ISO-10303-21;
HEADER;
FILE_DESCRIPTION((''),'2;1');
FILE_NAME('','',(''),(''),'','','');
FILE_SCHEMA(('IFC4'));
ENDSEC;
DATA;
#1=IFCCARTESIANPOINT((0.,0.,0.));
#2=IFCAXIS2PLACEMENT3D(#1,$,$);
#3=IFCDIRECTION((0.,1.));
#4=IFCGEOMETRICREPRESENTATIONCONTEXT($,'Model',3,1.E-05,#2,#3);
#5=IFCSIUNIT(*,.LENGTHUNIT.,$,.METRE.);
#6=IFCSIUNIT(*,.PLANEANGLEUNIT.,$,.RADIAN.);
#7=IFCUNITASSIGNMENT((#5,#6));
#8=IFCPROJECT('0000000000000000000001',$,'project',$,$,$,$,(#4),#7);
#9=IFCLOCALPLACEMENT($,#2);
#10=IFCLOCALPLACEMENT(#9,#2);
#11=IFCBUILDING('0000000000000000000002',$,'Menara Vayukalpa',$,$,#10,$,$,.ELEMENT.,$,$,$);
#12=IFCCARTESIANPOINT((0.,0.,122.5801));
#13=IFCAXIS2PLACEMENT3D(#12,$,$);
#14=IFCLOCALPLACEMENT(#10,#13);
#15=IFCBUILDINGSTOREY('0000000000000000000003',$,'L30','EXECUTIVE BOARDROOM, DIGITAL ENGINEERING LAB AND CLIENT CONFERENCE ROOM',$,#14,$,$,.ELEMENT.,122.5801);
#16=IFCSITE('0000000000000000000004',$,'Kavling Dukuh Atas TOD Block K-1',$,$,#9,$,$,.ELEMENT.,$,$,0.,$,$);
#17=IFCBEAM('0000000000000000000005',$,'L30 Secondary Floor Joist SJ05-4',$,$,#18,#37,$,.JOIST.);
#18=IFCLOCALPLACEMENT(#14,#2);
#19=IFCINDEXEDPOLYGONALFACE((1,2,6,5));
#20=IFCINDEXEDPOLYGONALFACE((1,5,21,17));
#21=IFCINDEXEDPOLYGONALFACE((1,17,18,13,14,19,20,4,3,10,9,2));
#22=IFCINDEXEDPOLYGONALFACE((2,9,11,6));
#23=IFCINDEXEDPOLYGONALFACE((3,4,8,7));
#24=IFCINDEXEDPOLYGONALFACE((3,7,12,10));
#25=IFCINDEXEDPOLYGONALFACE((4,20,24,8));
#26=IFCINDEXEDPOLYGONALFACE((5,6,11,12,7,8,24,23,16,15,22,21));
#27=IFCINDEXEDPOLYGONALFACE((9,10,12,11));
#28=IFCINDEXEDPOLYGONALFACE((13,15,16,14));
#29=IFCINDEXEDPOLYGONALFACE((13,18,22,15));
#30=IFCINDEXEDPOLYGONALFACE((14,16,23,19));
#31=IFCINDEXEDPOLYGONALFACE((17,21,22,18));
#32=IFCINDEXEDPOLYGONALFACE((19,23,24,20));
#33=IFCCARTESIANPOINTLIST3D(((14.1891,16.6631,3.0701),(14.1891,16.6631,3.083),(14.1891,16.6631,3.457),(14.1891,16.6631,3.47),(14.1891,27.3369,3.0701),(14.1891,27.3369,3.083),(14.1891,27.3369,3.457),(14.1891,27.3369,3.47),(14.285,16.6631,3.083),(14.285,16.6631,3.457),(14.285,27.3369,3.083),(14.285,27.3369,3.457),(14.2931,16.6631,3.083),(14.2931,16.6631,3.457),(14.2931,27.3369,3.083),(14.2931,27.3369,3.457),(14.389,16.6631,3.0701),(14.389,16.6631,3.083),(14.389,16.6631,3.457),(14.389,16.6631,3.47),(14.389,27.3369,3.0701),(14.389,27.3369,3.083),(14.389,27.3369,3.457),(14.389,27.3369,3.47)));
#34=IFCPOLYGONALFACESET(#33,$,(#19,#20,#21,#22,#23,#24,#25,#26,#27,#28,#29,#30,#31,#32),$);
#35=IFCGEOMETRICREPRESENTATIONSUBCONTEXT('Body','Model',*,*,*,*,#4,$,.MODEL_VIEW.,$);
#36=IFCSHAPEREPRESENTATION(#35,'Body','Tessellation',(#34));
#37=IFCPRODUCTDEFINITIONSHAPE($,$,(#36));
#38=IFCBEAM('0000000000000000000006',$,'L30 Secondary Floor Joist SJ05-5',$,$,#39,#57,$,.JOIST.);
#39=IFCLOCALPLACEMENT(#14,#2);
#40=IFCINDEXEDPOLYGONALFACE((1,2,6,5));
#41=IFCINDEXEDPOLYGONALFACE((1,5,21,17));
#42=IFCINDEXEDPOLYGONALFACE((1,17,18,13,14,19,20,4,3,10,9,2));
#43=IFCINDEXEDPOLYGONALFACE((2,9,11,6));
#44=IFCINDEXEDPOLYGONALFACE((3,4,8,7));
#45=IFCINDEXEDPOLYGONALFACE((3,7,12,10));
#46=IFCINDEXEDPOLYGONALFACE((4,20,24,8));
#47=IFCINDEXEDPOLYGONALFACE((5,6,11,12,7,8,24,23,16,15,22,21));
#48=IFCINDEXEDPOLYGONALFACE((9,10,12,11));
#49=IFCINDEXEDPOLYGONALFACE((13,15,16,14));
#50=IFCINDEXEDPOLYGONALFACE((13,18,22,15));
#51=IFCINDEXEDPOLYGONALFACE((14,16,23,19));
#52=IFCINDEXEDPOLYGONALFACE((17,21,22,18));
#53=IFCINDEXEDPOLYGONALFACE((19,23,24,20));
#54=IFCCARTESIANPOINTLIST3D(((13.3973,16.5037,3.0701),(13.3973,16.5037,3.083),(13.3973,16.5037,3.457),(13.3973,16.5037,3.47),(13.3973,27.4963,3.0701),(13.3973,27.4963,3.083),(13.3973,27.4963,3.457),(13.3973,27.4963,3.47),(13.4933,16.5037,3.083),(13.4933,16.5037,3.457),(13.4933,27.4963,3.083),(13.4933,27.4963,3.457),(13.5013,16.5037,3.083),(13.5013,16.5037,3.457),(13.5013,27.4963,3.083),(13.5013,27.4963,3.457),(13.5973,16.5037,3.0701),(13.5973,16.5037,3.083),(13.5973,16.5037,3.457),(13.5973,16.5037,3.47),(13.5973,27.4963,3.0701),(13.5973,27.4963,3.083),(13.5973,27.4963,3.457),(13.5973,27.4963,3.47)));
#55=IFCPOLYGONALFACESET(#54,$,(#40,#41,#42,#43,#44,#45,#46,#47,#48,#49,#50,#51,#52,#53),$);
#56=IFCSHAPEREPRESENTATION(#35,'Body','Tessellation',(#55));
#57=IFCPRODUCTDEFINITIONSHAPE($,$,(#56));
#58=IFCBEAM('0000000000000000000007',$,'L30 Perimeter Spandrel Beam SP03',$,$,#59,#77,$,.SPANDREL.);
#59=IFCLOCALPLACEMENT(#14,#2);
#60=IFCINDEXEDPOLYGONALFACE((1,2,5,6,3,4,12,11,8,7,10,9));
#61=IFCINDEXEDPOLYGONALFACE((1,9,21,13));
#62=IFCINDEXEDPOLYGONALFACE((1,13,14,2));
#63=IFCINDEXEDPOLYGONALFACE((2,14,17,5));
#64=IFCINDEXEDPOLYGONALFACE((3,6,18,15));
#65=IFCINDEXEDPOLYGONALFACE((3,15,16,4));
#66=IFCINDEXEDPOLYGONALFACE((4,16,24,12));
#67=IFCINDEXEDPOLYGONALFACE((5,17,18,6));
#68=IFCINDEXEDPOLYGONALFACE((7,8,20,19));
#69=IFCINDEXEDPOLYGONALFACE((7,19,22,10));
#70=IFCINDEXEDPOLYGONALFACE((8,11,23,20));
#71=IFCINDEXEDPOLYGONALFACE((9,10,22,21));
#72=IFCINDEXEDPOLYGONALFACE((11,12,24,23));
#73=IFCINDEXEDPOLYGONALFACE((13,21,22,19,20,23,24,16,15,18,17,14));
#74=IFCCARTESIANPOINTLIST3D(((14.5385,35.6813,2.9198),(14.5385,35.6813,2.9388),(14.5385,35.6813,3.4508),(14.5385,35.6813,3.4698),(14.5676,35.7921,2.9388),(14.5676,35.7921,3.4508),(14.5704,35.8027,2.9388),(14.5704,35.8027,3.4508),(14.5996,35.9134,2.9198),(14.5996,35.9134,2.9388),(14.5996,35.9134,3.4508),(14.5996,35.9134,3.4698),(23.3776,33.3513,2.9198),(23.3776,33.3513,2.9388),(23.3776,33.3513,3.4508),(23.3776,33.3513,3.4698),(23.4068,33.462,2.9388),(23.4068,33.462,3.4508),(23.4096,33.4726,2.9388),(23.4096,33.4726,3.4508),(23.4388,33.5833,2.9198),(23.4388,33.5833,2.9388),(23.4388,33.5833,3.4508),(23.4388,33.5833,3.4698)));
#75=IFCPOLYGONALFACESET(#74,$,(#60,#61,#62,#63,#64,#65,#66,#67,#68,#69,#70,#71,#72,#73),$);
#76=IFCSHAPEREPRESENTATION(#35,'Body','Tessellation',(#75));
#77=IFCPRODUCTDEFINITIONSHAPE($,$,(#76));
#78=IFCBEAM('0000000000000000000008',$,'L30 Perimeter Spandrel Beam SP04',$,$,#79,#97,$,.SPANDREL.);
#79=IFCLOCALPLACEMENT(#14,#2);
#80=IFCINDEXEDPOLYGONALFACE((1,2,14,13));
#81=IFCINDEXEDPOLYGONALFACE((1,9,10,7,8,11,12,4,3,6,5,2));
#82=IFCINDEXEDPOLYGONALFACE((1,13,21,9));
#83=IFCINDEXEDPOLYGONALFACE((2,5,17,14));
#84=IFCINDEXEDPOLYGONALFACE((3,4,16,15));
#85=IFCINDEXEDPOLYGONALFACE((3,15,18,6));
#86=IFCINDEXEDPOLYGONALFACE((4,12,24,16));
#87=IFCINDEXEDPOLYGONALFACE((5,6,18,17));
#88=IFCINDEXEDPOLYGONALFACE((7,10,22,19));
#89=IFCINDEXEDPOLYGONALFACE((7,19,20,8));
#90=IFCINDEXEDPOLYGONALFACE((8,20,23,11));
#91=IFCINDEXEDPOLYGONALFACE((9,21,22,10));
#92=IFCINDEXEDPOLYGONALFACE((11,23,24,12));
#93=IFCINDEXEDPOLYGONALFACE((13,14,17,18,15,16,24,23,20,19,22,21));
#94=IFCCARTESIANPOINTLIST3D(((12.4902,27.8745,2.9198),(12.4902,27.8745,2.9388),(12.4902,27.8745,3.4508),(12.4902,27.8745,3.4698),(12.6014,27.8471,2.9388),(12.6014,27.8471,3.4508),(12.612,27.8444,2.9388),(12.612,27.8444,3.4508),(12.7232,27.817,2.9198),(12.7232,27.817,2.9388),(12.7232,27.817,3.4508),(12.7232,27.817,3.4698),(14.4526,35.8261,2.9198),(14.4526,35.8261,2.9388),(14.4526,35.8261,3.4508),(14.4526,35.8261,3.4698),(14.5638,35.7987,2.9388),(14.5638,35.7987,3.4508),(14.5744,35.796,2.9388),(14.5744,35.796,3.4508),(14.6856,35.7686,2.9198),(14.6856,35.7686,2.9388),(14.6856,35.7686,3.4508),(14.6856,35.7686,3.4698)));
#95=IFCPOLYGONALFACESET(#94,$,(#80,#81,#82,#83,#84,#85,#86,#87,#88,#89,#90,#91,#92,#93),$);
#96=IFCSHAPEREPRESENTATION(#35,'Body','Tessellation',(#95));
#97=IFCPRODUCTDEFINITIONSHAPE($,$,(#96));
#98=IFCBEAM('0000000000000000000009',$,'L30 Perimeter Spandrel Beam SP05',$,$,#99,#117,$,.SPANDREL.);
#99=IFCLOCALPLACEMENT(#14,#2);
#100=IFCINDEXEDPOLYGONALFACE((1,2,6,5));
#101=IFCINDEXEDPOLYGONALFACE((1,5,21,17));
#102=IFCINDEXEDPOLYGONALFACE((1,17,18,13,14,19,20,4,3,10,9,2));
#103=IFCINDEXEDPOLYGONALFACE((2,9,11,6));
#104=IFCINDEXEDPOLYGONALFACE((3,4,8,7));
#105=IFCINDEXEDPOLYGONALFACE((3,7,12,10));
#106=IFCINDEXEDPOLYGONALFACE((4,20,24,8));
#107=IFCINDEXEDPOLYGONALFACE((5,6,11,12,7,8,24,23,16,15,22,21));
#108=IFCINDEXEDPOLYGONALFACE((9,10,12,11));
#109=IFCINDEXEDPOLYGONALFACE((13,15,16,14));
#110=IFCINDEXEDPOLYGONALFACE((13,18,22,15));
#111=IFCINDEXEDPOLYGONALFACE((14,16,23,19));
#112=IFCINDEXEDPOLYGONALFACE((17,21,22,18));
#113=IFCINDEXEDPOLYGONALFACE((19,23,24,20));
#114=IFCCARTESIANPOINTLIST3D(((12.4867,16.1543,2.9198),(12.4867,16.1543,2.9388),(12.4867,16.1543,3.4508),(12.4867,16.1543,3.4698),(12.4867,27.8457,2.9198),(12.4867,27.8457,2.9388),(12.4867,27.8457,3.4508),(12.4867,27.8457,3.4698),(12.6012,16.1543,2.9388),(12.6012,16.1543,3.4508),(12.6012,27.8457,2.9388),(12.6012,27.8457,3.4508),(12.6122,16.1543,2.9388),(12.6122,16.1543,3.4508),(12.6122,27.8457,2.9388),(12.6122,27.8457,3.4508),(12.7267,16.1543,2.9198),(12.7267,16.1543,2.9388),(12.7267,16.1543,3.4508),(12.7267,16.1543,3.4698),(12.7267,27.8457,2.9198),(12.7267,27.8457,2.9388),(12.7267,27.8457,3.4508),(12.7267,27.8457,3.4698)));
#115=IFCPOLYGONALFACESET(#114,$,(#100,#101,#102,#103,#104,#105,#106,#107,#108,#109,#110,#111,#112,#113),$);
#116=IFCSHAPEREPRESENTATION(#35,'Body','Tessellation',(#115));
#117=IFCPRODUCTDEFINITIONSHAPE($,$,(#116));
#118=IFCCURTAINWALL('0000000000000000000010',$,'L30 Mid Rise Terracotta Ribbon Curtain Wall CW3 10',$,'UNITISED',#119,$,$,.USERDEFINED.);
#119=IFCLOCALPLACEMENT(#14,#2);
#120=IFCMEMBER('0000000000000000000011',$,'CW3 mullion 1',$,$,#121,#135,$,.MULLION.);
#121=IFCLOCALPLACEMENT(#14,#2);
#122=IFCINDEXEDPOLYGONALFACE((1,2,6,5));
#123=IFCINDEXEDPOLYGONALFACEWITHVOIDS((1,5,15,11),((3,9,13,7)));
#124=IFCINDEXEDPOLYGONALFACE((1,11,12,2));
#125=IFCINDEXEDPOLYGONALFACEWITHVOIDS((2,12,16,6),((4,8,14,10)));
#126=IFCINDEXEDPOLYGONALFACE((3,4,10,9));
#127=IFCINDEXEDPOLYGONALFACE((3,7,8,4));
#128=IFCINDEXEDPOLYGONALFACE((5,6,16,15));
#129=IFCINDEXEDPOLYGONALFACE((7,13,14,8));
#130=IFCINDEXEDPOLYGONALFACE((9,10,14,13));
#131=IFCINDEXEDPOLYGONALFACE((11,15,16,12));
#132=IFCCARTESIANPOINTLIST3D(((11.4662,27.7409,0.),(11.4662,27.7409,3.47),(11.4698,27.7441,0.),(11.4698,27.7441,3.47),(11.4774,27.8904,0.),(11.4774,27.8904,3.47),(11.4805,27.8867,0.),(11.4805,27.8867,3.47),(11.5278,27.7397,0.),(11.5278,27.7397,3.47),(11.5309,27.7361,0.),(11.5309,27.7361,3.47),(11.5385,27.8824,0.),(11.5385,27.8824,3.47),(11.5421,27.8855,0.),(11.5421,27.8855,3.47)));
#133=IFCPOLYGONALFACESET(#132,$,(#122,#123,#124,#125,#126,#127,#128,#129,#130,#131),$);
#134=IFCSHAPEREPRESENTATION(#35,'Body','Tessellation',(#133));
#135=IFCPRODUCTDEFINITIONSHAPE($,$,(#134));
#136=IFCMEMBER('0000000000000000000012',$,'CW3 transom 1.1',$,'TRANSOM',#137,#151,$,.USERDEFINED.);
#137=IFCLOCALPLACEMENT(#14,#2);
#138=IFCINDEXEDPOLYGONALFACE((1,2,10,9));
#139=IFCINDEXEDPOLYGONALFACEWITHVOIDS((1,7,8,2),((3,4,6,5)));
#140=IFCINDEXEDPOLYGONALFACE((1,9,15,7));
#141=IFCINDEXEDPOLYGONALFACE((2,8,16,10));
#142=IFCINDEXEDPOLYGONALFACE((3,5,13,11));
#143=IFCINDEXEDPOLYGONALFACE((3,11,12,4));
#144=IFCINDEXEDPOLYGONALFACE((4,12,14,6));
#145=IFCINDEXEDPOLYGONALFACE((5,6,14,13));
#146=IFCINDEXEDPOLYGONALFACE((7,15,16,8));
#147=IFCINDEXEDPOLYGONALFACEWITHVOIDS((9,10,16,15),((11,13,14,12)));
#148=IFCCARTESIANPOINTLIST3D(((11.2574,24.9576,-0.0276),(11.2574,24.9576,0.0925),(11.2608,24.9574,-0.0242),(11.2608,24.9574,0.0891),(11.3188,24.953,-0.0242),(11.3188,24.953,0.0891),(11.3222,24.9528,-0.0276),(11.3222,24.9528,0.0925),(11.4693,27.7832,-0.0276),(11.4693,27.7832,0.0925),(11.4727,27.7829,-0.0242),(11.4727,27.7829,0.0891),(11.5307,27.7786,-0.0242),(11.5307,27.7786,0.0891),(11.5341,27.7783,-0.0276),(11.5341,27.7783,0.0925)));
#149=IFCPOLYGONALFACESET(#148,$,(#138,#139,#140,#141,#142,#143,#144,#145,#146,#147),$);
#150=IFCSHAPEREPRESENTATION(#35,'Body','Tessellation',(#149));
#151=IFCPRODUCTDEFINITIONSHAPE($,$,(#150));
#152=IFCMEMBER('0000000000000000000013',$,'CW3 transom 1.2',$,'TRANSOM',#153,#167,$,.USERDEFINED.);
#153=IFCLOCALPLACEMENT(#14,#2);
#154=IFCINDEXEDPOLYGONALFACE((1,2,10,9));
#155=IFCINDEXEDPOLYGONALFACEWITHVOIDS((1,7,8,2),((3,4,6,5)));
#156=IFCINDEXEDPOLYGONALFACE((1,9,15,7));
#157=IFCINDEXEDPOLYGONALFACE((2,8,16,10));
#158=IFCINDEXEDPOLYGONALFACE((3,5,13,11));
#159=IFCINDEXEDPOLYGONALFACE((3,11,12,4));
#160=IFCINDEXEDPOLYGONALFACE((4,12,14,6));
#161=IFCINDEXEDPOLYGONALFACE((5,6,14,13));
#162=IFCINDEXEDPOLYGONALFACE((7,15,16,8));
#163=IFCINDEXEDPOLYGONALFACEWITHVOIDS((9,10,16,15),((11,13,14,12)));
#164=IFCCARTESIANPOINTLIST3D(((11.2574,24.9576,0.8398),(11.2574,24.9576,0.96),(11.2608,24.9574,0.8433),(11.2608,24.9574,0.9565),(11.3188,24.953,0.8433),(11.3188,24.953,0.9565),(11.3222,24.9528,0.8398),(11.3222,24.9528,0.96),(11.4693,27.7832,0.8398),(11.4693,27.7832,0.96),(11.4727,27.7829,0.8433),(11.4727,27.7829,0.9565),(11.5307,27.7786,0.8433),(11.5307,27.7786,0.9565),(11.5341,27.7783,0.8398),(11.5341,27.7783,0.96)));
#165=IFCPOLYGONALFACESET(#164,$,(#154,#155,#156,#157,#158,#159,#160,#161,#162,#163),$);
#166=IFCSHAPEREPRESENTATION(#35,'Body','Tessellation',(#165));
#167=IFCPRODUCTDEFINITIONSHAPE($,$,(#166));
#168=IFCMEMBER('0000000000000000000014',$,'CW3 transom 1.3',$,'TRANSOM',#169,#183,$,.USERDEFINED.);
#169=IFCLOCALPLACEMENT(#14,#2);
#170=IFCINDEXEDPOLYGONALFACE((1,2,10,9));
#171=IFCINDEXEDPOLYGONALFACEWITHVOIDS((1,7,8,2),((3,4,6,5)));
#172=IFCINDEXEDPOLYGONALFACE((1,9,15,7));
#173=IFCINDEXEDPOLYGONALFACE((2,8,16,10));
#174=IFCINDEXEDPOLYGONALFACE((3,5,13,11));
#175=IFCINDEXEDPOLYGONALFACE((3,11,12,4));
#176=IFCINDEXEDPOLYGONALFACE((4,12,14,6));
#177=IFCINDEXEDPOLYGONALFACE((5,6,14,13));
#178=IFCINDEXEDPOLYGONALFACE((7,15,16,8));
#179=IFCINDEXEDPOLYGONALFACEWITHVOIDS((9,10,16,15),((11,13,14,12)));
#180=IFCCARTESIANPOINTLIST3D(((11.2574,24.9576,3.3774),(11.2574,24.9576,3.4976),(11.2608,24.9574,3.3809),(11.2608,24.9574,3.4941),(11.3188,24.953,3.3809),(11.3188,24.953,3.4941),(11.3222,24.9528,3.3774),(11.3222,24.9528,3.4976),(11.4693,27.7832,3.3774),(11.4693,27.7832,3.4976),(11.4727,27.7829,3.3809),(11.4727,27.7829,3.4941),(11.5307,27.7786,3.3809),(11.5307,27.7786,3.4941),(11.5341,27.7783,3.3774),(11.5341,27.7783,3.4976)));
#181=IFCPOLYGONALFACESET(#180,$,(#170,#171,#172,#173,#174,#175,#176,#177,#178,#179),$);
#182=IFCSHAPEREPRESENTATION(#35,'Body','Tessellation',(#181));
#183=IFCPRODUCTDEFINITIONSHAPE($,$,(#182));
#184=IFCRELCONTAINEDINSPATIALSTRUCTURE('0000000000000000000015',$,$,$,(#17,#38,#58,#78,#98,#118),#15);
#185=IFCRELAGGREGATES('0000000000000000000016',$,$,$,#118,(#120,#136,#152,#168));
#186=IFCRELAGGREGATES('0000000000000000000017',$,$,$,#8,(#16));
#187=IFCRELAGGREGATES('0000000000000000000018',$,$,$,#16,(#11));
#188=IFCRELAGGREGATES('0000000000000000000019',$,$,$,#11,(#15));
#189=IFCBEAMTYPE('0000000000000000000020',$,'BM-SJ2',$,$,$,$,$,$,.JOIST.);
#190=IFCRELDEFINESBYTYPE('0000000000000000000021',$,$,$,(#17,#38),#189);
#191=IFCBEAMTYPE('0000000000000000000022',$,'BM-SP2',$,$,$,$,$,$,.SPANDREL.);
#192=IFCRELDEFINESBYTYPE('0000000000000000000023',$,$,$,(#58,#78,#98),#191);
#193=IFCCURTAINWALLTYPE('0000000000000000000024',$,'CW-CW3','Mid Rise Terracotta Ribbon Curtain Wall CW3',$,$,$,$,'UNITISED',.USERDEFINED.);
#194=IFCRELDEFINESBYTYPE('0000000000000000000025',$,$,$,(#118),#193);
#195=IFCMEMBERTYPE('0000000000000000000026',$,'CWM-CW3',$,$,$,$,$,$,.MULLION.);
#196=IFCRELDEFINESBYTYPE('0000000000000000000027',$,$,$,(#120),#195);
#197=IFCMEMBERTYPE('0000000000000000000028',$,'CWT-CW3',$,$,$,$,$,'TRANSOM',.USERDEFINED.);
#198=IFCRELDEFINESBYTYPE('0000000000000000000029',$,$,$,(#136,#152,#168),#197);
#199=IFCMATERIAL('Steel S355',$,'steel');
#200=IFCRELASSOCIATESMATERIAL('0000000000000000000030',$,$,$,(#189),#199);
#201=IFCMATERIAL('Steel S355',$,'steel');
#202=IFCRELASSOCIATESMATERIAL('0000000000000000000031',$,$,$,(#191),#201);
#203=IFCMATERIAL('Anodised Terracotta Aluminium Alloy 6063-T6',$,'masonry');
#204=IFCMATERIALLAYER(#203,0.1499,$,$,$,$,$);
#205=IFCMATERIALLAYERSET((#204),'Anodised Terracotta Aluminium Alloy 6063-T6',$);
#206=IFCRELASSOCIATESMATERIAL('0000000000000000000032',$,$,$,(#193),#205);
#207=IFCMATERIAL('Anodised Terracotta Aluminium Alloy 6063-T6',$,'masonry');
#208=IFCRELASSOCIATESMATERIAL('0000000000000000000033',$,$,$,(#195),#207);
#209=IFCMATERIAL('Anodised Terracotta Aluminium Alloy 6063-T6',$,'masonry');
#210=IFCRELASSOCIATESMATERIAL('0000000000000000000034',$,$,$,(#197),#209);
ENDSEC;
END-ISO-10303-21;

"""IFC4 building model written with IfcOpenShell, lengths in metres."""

from ifc_helpers import new_model, si_unit, direction, frame, origin, origin_2d, place, context, subcontext, project, spatial, hollow_rectangle, i_section, extrude, material, layer, layer_set, material_profile, profile_set, type_object, element, aggregate, save


model = new_model("IFC4")

# Units and contexts
model_context = context("Model", 3, precision=1e-05, world=origin(), true_north=direction((0.0, 1.0)))
body_context = subcontext(model_context, "Body", "Model", "MODEL_VIEW")
ifc_project = project(units=[si_unit("LENGTHUNIT", "METRE"), si_unit("PLANEANGLEUNIT", "RADIAN")], contexts=[model_context])

# Site, building, storey
site_placement = place(None, origin())
site = spatial("IfcSite", under=ifc_project, at=site_placement, Name="Kavling Dukuh Atas TOD Block K-1", CompositionType="ELEMENT", RefElevation=0.0)
building_placement = place(site_placement, origin())
building = spatial("IfcBuilding", under=site, at=building_placement, Name="Menara Vayukalpa", CompositionType="ELEMENT")
storey_placement = place(building_placement, frame((0.0, 0.0, 122.5801)))
storey = spatial("IfcBuildingStorey", under=building, at=storey_placement, Name="L30", Description="EXECUTIVE BOARDROOM, DIGITAL ENGINEERING LAB AND CLIENT CONFERENCE ROOM", CompositionType="ELEMENT", Elevation=122.5801)

# Beams
ifc_material_1 = material(Name="Steel S355", Category="steel")
ifc_material_profile_1 = material_profile(ifc_material_1, i_section(OverallWidth=0.2, OverallDepth=0.3999, WebThickness=0.0081, FlangeThickness=0.0129, at=origin_2d()), Name="WF 400x200x8x13")
ifc_profile_set_1 = profile_set([ifc_material_profile_1], Name="Steel S355")
beam_type_1 = type_object("IfcBeamType", Name="BM-SJ2", PredefinedType="JOIST", material=ifc_profile_set_1)
beam_1_placement = place(storey_placement, frame((14.2891, 27.3369, 3.27), z_axis=(0.0, -1.0, 0.0), x_axis=(1.0, 0.0, 0.0)))
element("IfcBeam", 1, at=beam_1_placement, inside=storey, type_object=beam_type_1, Name="L30 Secondary Floor Joist SJ05-4", PredefinedType="JOIST", context=body_context, shape_type="SweptSolid", body=[
    extrude(i_section(OverallWidth=0.2, OverallDepth=0.3999, WebThickness=0.0081, FlangeThickness=0.0129, at=origin_2d()), origin(), (0.0, 0.0, 1.0), 10.6738),
])
beam_2_placement = place(storey_placement, frame((13.4973, 27.4963, 3.27), z_axis=(0.0, -1.0, 0.0), x_axis=(1.0, 0.0, 0.0)))
element("IfcBeam", 2, at=beam_2_placement, inside=storey, type_object=beam_type_1, Name="L30 Secondary Floor Joist SJ05-5", PredefinedType="JOIST", context=body_context, shape_type="SweptSolid", body=[
    extrude(i_section(OverallWidth=0.2, OverallDepth=0.3999, WebThickness=0.0081, FlangeThickness=0.0129, at=origin_2d()), origin(), (0.0, 0.0, 1.0), 10.9927),
])
ifc_material_2 = material(Name="Steel S355", Category="steel")
ifc_material_profile_2 = material_profile(ifc_material_2, i_section(OverallWidth=0.24, OverallDepth=0.55, WebThickness=0.011, FlangeThickness=0.019, at=origin_2d()), Name="WF 550x240x11x19")
ifc_profile_set_2 = profile_set([ifc_material_profile_2], Name="Steel S355")
beam_type_2 = type_object("IfcBeamType", Name="BM-SP2", PredefinedType="SPANDREL", material=ifc_profile_set_2)
beam_3_placement = place(storey_placement, frame((23.4082, 33.4673, 3.1948), z_axis=(-0.966967, 0.254902, 0.0), x_axis=(-0.254902, -0.966967, 0.0)))
element("IfcBeam", 3, at=beam_3_placement, inside=storey, type_object=beam_type_2, Name="L30 Perimeter Spandrel Beam SP03", PredefinedType="SPANDREL", context=body_context, shape_type="SweptSolid", body=[
    extrude(i_section(OverallWidth=0.24, OverallDepth=0.55, WebThickness=0.011, FlangeThickness=0.019, at=origin_2d()), origin(), (0.0, 0.0, 1.0), 9.1411),
])
beam_4_placement = place(storey_placement, frame((14.5691, 35.7974, 3.1948), z_axis=(-0.239603, -0.970871, 0.0), x_axis=(0.970871, -0.239603, 0.0)))
element("IfcBeam", 4, at=beam_4_placement, inside=storey, type_object=beam_type_2, Name="L30 Perimeter Spandrel Beam SP04", PredefinedType="SPANDREL", context=body_context, shape_type="SweptSolid", body=[
    extrude(i_section(OverallWidth=0.24, OverallDepth=0.55, WebThickness=0.011, FlangeThickness=0.019, at=origin_2d()), origin(), (0.0, 0.0, 1.0), 8.1902),
])
beam_5_placement = place(storey_placement, frame((12.6067, 27.8457, 3.1948), z_axis=(0.0, -1.0, 0.0), x_axis=(1.0, 0.0, 0.0)))
element("IfcBeam", 5, at=beam_5_placement, inside=storey, type_object=beam_type_2, Name="L30 Perimeter Spandrel Beam SP05", PredefinedType="SPANDREL", context=body_context, shape_type="SweptSolid", body=[
    extrude(i_section(OverallWidth=0.24, OverallDepth=0.55, WebThickness=0.011, FlangeThickness=0.019, at=origin_2d()), origin(), (0.0, 0.0, 1.0), 11.6914),
])

# Curtain wall, members
ifc_material_3 = material(Name="Anodised Terracotta Aluminium Alloy 6063-T6", Category="masonry")
ifc_layer_1 = layer(ifc_material_3, 0.1499)
ifc_layer_set_1 = layer_set([ifc_layer_1], Name="Anodised Terracotta Aluminium Alloy 6063-T6")
curtain_wall_type = type_object("IfcCurtainWallType", Name="CW-CW3", Description="Mid Rise Terracotta Ribbon Curtain Wall CW3", ElementType="UNITISED", PredefinedType="USERDEFINED", material=ifc_layer_set_1)
curtain_wall_placement = place(storey_placement, origin())
curtain_wall = element("IfcCurtainWall", 6, at=curtain_wall_placement, inside=storey, type_object=curtain_wall_type, Name="L30 Mid Rise Terracotta Ribbon Curtain Wall CW3 10", ObjectType="UNITISED", PredefinedType="USERDEFINED")
ifc_material_4 = material(Name="Anodised Terracotta Aluminium Alloy 6063-T6", Category="masonry")
ifc_material_profile_3 = material_profile(ifc_material_4, hollow_rectangle(XDim=0.0649, YDim=0.1499, WallThickness=0.0034, at=origin_2d()), Name="ALU 65x150x3.5")
ifc_profile_set_3 = profile_set([ifc_material_profile_3], Name="Anodised Terracotta Aluminium Alloy 6063-T6")
member_type_1 = type_object("IfcMemberType", Name="CWM-CW3", PredefinedType="MULLION", material=ifc_profile_set_3)
member_1_placement = place(storey_placement, frame((11.5042, 27.8132, 0.0), z_axis=(0.0, 0.0, 1.0), x_axis=(0.9972, -0.074785, 0.0)))
member_1 = element("IfcMember", 7, at=member_1_placement, type_object=member_type_1, Name="CW3 mullion 1", PredefinedType="MULLION", context=body_context, shape_type="SweptSolid", body=[
    extrude(hollow_rectangle(XDim=0.0649, YDim=0.1499, WallThickness=0.0034, at=origin_2d()), origin(), (0.0, 0.0, 1.0), 3.47),
])
ifc_material_5 = material(Name="Anodised Terracotta Aluminium Alloy 6063-T6", Category="masonry")
ifc_material_profile_4 = material_profile(ifc_material_5, hollow_rectangle(XDim=0.0649, YDim=0.1201, WallThickness=0.0034, at=origin_2d()), Name="ALU 65x120x3.5")
ifc_profile_set_4 = profile_set([ifc_material_profile_4], Name="Anodised Terracotta Aluminium Alloy 6063-T6")
member_type_2 = type_object("IfcMemberType", Name="CWT-CW3", ElementType="TRANSOM", PredefinedType="USERDEFINED", material=ifc_profile_set_4)
member_2_placement = place(storey_placement, frame((11.5017, 27.7808, 0.0325), z_axis=(-0.074792, -0.997199, 0.0), x_axis=(0.997199, -0.074792, 0.0)))
member_2 = element("IfcMember", 8, at=member_2_placement, type_object=member_type_2, Name="CW3 transom 1.1", ObjectType="TRANSOM", PredefinedType="USERDEFINED", context=body_context, shape_type="SweptSolid", body=[
    extrude(hollow_rectangle(XDim=0.0649, YDim=0.1201, WallThickness=0.0034, at=origin_2d()), origin(), (0.0, 0.0, 1.0), 2.8335),
])
member_3_placement = place(storey_placement, frame((11.5017, 27.7808, 0.8999), z_axis=(-0.074792, -0.997199, 0.0), x_axis=(0.997199, -0.074792, 0.0)))
member_3 = element("IfcMember", 9, at=member_3_placement, type_object=member_type_2, Name="CW3 transom 1.2", ObjectType="TRANSOM", PredefinedType="USERDEFINED", context=body_context, shape_type="SweptSolid", body=[
    extrude(hollow_rectangle(XDim=0.0649, YDim=0.1201, WallThickness=0.0034, at=origin_2d()), origin(), (0.0, 0.0, 1.0), 2.8335),
])
member_4_placement = place(storey_placement, frame((11.5017, 27.7808, 3.4375), z_axis=(-0.074792, -0.997199, 0.0), x_axis=(0.997199, -0.074792, 0.0)))
member_4 = element("IfcMember", 10, at=member_4_placement, type_object=member_type_2, Name="CW3 transom 1.3", ObjectType="TRANSOM", PredefinedType="USERDEFINED", context=body_context, shape_type="SweptSolid", body=[
    extrude(hollow_rectangle(XDim=0.0649, YDim=0.1201, WallThickness=0.0034, at=origin_2d()), origin(), (0.0, 0.0, 1.0), 2.8335),
])
aggregate(curtain_wall, [member_1, member_2, member_3, member_4])

save(model, "model.ifc")
